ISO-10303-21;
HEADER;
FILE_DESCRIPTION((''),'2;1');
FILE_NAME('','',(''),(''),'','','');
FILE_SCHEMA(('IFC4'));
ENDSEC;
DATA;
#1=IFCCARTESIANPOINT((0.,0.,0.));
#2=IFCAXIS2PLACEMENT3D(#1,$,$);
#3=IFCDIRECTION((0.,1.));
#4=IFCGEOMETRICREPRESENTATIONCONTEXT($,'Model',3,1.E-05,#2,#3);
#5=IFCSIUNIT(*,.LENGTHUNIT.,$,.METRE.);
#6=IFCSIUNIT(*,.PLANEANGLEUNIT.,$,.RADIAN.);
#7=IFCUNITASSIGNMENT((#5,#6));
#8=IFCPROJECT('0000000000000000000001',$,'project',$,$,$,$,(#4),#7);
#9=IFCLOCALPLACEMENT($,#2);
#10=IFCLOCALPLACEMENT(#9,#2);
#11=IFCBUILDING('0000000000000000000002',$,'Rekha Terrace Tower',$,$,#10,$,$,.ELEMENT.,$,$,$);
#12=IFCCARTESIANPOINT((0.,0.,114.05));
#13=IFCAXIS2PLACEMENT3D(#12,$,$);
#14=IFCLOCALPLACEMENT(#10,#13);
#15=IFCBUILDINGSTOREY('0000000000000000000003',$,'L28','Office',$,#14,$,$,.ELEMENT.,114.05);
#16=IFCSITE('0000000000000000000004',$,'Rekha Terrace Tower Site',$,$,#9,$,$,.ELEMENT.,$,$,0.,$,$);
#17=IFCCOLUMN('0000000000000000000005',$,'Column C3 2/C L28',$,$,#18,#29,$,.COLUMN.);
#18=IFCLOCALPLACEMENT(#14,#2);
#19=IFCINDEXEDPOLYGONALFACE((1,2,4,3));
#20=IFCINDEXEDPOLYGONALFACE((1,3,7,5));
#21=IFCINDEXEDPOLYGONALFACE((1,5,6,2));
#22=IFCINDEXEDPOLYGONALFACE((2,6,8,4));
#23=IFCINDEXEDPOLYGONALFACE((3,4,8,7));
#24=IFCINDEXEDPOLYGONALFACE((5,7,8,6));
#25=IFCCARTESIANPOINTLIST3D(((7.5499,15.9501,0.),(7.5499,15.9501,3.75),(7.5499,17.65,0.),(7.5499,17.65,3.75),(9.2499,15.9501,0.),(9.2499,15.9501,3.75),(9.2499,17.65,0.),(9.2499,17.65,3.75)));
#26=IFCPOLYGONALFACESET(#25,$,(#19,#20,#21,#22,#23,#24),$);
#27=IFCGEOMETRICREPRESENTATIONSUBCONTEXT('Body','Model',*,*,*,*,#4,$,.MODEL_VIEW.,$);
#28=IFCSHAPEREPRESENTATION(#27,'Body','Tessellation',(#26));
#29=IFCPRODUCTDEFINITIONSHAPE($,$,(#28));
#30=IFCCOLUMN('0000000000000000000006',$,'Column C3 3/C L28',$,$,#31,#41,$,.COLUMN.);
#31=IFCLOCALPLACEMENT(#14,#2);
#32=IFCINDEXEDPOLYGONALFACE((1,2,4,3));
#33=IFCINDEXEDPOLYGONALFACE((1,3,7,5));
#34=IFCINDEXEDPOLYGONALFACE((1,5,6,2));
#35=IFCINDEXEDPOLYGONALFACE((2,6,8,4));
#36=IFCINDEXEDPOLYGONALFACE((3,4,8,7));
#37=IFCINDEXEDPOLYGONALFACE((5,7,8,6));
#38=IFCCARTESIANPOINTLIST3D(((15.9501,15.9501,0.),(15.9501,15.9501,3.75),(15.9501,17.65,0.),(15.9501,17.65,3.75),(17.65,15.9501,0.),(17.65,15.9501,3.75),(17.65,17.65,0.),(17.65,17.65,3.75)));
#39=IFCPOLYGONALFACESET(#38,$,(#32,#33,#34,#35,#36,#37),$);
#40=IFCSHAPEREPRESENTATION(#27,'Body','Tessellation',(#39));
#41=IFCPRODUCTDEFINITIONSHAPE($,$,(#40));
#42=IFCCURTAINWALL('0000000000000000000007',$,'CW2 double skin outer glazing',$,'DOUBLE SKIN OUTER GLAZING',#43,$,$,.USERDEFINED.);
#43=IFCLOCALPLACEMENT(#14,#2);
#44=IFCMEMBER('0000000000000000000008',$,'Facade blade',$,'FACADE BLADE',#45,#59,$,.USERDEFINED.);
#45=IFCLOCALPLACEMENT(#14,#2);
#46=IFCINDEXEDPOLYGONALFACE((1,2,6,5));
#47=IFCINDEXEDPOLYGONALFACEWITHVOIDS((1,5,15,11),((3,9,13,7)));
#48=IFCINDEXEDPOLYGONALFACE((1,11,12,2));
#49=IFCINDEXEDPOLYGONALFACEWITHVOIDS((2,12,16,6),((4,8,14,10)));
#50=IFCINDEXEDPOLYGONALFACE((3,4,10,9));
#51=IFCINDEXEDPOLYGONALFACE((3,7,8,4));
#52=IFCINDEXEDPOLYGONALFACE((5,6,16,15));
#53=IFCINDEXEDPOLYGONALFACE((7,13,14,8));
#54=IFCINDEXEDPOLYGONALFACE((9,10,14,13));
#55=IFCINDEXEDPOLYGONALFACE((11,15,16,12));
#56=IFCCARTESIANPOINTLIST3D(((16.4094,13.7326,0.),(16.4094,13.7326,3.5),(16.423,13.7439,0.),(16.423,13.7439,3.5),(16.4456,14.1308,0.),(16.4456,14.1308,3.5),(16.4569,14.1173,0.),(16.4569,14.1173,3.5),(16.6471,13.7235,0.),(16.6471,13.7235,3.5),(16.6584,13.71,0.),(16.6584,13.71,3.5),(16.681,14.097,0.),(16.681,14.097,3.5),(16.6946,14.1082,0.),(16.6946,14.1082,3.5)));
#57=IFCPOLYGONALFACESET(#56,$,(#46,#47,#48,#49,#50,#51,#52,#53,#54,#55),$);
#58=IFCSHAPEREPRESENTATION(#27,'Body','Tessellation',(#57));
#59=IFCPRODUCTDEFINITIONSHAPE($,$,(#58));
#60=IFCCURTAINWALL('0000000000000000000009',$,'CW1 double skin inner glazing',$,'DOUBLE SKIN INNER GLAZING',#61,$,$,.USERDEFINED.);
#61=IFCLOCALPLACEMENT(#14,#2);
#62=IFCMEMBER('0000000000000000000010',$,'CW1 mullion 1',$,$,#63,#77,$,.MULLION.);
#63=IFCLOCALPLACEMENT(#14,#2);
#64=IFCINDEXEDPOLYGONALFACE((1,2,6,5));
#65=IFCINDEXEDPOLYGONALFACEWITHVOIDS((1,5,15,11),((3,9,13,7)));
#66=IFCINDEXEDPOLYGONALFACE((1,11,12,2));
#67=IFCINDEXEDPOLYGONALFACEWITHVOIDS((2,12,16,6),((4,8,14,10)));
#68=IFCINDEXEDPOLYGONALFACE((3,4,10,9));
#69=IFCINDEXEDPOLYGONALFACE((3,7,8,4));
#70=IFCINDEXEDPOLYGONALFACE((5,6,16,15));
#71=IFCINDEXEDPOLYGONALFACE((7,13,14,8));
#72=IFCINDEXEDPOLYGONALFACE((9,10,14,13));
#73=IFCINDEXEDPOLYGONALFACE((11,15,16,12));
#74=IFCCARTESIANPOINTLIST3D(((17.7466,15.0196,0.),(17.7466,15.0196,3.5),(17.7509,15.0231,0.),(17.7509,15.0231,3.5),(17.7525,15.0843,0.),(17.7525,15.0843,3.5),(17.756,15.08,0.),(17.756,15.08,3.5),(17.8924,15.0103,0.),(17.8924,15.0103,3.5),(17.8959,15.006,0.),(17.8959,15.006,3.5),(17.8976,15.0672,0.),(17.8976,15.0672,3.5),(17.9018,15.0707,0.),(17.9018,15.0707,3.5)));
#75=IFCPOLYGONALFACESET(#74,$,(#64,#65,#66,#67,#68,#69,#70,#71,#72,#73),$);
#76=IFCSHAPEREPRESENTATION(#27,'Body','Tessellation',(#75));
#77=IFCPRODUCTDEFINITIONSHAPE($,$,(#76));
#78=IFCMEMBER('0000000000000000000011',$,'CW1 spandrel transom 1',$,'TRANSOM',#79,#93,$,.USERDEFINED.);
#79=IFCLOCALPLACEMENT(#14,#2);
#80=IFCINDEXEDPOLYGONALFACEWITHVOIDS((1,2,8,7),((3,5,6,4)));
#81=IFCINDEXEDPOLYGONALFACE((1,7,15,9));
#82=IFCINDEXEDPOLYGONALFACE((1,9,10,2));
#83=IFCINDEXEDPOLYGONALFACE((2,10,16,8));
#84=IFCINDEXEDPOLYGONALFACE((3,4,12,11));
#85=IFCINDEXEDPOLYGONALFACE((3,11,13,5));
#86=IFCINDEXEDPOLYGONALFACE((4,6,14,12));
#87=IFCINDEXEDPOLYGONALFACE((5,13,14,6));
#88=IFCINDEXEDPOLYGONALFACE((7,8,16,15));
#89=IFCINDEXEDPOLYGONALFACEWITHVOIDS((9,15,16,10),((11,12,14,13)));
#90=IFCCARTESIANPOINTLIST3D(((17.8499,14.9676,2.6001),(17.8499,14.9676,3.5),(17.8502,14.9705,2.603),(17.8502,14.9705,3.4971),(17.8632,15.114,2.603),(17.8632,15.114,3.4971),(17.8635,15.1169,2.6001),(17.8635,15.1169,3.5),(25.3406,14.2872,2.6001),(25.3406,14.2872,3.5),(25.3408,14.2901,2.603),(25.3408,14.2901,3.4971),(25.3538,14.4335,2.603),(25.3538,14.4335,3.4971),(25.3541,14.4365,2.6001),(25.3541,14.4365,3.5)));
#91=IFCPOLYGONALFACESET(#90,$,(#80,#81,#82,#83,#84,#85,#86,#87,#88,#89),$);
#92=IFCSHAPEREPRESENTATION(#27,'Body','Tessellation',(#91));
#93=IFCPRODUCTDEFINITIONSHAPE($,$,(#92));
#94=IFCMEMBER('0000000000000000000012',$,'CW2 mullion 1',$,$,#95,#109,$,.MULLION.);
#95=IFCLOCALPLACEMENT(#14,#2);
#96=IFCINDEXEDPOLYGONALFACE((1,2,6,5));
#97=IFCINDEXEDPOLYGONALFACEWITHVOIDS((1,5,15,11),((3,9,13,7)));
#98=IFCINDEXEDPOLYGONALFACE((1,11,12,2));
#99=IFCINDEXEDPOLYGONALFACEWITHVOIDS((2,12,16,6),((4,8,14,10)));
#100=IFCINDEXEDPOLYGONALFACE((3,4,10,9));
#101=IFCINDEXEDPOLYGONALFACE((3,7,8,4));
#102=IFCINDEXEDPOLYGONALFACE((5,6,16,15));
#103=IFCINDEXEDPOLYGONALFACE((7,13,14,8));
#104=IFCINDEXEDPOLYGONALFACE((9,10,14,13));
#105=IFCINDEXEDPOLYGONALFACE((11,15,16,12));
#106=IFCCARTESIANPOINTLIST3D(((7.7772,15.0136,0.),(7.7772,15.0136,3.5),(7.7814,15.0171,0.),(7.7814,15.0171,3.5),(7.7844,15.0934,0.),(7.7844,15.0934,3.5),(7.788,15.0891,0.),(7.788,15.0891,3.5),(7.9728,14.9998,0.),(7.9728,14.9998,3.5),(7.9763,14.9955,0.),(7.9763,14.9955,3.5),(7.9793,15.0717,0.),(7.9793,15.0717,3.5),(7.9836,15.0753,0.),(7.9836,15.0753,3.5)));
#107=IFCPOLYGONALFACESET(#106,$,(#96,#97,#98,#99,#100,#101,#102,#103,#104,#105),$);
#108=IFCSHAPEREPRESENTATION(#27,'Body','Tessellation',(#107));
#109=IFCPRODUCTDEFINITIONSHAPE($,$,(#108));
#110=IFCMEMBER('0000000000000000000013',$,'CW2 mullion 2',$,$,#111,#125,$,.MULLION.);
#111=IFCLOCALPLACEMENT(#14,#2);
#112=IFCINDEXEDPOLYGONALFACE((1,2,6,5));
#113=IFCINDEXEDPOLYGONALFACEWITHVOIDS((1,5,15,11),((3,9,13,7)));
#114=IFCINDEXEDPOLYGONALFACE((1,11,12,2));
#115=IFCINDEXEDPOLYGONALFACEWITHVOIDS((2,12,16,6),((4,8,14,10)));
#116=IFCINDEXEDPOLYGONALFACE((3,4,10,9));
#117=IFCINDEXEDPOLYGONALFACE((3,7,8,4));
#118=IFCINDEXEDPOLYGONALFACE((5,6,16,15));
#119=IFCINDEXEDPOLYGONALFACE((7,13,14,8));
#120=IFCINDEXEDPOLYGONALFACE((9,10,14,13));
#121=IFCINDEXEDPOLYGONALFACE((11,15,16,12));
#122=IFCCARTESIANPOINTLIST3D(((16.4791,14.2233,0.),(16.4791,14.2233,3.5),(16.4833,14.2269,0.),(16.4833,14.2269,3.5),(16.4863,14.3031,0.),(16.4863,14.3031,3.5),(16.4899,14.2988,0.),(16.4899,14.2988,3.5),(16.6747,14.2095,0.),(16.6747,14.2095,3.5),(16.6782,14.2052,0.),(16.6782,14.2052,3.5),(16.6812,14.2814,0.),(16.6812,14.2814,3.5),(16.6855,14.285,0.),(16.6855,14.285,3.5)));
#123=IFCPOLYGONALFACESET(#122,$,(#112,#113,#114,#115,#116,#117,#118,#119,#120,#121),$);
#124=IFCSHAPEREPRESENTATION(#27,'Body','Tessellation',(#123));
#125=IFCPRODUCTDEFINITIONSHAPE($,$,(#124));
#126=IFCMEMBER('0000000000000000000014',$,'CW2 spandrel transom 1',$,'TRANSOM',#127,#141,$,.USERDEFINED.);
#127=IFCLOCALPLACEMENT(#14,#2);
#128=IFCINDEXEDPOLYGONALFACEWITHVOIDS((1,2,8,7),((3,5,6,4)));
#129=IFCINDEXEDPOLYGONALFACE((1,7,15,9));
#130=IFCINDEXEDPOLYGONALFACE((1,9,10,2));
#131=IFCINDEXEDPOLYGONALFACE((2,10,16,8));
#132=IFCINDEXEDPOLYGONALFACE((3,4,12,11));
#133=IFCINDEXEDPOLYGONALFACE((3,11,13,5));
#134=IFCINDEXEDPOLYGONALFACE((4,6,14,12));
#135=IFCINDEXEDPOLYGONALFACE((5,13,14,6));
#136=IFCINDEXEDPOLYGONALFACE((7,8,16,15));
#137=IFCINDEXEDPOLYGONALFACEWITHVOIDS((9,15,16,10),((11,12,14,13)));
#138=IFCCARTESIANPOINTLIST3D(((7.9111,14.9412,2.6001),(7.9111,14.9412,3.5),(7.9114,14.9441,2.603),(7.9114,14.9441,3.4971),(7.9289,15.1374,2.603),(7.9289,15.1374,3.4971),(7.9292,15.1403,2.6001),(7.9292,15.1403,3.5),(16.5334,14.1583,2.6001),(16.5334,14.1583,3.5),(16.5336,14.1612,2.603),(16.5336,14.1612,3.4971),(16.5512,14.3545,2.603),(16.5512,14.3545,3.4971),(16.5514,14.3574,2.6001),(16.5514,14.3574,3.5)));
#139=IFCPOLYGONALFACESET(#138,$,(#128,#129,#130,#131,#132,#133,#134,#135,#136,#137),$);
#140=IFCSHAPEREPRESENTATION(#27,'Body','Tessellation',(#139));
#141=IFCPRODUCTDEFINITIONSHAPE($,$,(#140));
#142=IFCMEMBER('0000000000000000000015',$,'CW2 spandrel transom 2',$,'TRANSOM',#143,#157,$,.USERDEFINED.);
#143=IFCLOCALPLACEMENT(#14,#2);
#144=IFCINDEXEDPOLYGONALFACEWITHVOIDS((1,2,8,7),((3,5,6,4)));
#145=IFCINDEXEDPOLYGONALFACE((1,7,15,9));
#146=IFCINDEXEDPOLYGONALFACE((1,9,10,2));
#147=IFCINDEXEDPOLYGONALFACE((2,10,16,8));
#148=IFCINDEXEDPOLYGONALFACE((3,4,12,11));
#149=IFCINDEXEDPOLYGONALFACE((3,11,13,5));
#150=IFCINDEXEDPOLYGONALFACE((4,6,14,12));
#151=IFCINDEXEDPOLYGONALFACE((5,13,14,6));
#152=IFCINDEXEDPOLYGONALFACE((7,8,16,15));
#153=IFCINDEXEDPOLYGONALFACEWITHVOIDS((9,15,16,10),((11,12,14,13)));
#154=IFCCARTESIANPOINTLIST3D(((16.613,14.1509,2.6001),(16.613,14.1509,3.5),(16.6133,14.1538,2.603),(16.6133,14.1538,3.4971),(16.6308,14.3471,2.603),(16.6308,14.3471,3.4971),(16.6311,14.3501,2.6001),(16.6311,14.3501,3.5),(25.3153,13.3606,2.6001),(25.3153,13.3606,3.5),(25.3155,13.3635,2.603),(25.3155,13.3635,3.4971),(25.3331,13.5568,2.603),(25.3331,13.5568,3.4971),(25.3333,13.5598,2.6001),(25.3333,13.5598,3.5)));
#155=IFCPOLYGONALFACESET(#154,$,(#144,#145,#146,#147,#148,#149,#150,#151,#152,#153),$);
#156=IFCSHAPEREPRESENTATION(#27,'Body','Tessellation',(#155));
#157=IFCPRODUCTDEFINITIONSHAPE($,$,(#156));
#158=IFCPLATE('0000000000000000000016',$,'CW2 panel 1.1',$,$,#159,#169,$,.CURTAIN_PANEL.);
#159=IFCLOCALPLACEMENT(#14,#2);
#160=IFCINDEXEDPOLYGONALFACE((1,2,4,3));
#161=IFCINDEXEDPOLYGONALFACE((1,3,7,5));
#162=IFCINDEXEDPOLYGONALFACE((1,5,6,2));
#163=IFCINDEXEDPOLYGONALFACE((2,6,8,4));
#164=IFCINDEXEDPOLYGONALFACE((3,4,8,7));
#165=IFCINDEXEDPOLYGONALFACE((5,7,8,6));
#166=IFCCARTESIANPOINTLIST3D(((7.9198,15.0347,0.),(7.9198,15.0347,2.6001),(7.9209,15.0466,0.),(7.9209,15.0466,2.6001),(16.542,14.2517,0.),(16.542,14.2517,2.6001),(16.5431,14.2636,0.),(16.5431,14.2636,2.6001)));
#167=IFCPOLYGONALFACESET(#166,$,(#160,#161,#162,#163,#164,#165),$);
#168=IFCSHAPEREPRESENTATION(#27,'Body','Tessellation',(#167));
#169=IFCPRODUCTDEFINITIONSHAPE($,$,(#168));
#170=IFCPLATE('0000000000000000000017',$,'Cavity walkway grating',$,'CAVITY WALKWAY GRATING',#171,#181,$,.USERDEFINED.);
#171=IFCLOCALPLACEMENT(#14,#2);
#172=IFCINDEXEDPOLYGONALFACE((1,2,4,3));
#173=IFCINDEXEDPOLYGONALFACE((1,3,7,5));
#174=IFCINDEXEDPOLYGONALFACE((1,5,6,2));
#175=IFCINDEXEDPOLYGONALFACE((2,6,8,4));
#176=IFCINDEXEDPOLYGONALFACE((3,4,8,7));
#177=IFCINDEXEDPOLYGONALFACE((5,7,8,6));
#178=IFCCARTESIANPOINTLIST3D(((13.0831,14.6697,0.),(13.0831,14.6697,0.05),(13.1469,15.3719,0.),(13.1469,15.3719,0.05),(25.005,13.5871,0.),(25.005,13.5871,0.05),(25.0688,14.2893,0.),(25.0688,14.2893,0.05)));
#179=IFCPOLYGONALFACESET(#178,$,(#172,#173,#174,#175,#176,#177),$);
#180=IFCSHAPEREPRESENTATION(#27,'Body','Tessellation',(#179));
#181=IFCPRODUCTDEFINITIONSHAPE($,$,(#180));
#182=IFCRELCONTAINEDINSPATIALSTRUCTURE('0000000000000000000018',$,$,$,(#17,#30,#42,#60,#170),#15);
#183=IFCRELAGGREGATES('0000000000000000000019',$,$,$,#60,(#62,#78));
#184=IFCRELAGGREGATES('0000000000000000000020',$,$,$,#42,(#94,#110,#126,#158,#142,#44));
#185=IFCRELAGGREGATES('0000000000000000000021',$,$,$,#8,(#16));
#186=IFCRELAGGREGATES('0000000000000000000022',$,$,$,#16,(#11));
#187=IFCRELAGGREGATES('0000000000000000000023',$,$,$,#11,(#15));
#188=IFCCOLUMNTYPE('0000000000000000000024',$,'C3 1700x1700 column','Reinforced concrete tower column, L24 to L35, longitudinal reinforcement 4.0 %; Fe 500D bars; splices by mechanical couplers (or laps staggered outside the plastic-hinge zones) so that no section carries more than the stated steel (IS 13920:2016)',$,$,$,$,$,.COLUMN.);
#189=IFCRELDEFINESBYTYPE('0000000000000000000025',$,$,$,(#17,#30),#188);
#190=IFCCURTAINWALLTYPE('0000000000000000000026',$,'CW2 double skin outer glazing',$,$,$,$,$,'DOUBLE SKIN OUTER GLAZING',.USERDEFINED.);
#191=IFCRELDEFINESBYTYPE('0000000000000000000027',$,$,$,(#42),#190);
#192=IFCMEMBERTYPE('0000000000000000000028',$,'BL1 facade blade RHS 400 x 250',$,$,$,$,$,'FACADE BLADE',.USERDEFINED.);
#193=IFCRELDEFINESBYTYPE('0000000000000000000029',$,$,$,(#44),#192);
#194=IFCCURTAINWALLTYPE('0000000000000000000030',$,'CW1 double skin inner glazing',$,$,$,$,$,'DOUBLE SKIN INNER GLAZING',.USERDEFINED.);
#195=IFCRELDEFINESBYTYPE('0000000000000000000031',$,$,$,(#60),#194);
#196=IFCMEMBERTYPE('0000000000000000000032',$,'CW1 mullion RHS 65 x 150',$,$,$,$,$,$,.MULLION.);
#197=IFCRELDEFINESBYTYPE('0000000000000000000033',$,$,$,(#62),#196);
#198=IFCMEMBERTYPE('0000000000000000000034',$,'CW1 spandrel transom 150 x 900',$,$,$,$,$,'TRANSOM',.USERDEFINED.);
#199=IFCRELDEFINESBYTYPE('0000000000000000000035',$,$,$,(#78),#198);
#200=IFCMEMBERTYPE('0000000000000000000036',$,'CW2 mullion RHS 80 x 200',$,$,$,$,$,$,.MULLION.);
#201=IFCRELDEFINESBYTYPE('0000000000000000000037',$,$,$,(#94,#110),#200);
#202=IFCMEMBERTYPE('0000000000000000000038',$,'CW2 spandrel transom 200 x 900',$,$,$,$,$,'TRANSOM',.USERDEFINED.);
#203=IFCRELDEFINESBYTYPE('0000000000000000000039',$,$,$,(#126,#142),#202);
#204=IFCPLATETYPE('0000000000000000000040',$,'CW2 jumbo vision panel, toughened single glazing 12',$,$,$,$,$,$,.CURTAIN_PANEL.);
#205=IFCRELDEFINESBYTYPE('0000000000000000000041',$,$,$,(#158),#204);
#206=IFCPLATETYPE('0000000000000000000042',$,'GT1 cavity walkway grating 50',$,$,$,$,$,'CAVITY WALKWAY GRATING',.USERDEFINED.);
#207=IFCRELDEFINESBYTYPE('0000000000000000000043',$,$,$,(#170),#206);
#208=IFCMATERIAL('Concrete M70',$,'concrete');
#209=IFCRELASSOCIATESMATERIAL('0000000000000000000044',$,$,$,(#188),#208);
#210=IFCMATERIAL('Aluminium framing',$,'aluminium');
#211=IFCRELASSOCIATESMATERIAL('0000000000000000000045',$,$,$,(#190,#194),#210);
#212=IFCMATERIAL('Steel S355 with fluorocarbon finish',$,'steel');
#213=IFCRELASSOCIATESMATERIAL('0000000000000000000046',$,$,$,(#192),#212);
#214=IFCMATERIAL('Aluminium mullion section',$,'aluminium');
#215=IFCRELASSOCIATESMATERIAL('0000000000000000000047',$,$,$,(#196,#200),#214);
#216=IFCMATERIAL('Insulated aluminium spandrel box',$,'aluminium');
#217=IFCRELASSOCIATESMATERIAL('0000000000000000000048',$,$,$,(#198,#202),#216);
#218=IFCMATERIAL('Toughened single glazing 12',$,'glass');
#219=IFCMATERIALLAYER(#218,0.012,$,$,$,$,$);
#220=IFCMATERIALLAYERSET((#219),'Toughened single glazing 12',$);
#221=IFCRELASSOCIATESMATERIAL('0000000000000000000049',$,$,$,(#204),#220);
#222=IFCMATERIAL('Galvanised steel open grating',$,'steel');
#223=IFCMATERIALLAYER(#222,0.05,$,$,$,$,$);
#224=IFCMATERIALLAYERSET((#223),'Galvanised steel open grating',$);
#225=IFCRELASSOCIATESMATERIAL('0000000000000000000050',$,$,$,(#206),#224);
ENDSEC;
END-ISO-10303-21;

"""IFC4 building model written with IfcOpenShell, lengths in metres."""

from ifc_helpers import new_model, si_unit, direction, frame, origin, origin_2d, place, context, subcontext, project, spatial, rectangle, hollow_rectangle, extrude, material, layer, layer_set, material_profile, profile_set, type_object, element, aggregate, save


model = new_model("IFC4")

# Units and contexts
model_context = context("Model", 3, precision=1e-05, world=origin(), true_north=direction((0.0, 1.0)))
body_context = subcontext(model_context, "Body", "Model", "MODEL_VIEW")
ifc_project = project(units=[si_unit("LENGTHUNIT", "METRE"), si_unit("PLANEANGLEUNIT", "RADIAN")], contexts=[model_context])

# Site, building, storey
site_placement = place(None, origin())
site = spatial("IfcSite", under=ifc_project, at=site_placement, Name="Rekha Terrace Tower Site", CompositionType="ELEMENT", RefElevation=0.0)
building_placement = place(site_placement, origin())
building = spatial("IfcBuilding", under=site, at=building_placement, Name="Rekha Terrace Tower", CompositionType="ELEMENT")
storey_placement = place(building_placement, frame((0.0, 0.0, 114.05)))
storey = spatial("IfcBuildingStorey", under=building, at=storey_placement, Name="L28", Description="Office", CompositionType="ELEMENT", Elevation=114.05)

# Columns
ifc_material_1 = material(Name="Concrete M70", Category="concrete")
ifc_material_profile_1 = material_profile(ifc_material_1, rectangle(XDim=1.7, YDim=1.7, at=origin_2d()), Name="RC 1700x1700")
ifc_profile_set_1 = profile_set([ifc_material_profile_1], Name="Concrete M70")
column_type = type_object("IfcColumnType", Name="C3 1700x1700 column", Description="Reinforced concrete tower column, L24 to L35, longitudinal reinforcement 4.0 %; Fe 500D bars; splices by mechanical couplers (or laps staggered outside the plastic-hinge zones) so that no section carries more than the stated steel (IS 13920:2016)", PredefinedType="COLUMN", material=ifc_profile_set_1)
for number, where, z_axis, x_axis, name in (
    (1, (8.3999, 16.8, 0.0), (0.0, 0.0, 1.0), (1.0, 0.0, 0.0), "Column C3 2/C L28"),
    (2, (16.8, 16.8, 0.0), (0.0, 0.0, 1.0), (1.0, 0.0, 0.0), "Column C3 3/C L28"),
):
    element("IfcColumn", number, at=place(storey_placement, frame(where, z_axis=z_axis, x_axis=x_axis)), inside=storey, type_object=column_type, Name=name, PredefinedType="COLUMN", context=body_context, shape_type="SweptSolid", body=[
        extrude(rectangle(XDim=1.7, YDim=1.7, at=origin_2d()), origin(), (0.0, 0.0, 1.0), 3.75),
    ])

# Curtain wall, member
ifc_material_2 = material(Name="Aluminium framing", Category="aluminium")
curtain_wall_type_1 = type_object("IfcCurtainWallType", Name="CW2 double skin outer glazing", ElementType="DOUBLE SKIN OUTER GLAZING", PredefinedType="USERDEFINED", material=ifc_material_2)
curtain_wall_1_placement = place(storey_placement, origin())
curtain_wall_1 = element("IfcCurtainWall", 3, at=curtain_wall_1_placement, inside=storey, type_object=curtain_wall_type_1, Name="CW2 double skin outer glazing", ObjectType="DOUBLE SKIN OUTER GLAZING", PredefinedType="USERDEFINED")
ifc_material_3 = material(Name="Steel S355 with fluorocarbon finish", Category="steel")
ifc_material_profile_2 = material_profile(ifc_material_3, hollow_rectangle(XDim=0.25, YDim=0.3999, WallThickness=0.0125, at=origin_2d()), Name="RHS400x250x12.5")
ifc_profile_set_2 = profile_set([ifc_material_profile_2], Name="Steel S355 with fluorocarbon finish")
member_type_1 = type_object("IfcMemberType", Name="BL1 facade blade RHS 400 x 250", ElementType="FACADE BLADE", PredefinedType="USERDEFINED", material=ifc_profile_set_2)
member_1_placement = place(storey_placement, frame((16.552, 13.9204, 0.0), z_axis=(0.0, 0.0, 1.0), x_axis=(0.995902, -0.09044, 0.0)))
member_1 = element("IfcMember", 4, at=member_1_placement, type_object=member_type_1, Name="Facade blade", ObjectType="FACADE BLADE", PredefinedType="USERDEFINED", context=body_context, shape_type="SweptSolid", body=[
    extrude(hollow_rectangle(XDim=0.25, YDim=0.3999, WallThickness=0.0125, at=origin_2d()), origin(), (0.0, 0.0, 1.0), 3.5),
])

# Curtain wall, members
curtain_wall_type_2 = type_object("IfcCurtainWallType", Name="CW1 double skin inner glazing", ElementType="DOUBLE SKIN INNER GLAZING", PredefinedType="USERDEFINED", material=ifc_material_2)
curtain_wall_2_placement = place(storey_placement, origin())
curtain_wall_2 = element("IfcCurtainWall", 5, at=curtain_wall_2_placement, inside=storey, type_object=curtain_wall_type_2, Name="CW1 double skin inner glazing", ObjectType="DOUBLE SKIN INNER GLAZING", PredefinedType="USERDEFINED")
ifc_material_4 = material(Name="Aluminium mullion section", Category="aluminium")
ifc_material_profile_3 = material_profile(ifc_material_4, hollow_rectangle(XDim=0.0649, YDim=0.1499, WallThickness=0.0039, at=origin_2d()), Name="AL RHS 65x150")
ifc_profile_set_3 = profile_set([ifc_material_profile_3], Name="Aluminium mullion section")
member_type_2 = type_object("IfcMemberType", Name="CW1 mullion RHS 65 x 150", PredefinedType="MULLION", material=ifc_profile_set_3)
member_2_placement = place(storey_placement, frame((17.8242, 15.0452, 0.0), z_axis=(0.0, 0.0, 1.0), x_axis=(0.09044, 0.995902, 0.0)))
member_2 = element("IfcMember", 6, at=member_2_placement, type_object=member_type_2, Name="CW1 mullion 1", PredefinedType="MULLION", context=body_context, shape_type="SweptSolid", body=[
    extrude(hollow_rectangle(XDim=0.0649, YDim=0.1499, WallThickness=0.0039, at=origin_2d()), origin(), (0.0, 0.0, 1.0), 3.5),
])
ifc_material_5 = material(Name="Insulated aluminium spandrel box", Category="aluminium")
ifc_material_profile_4 = material_profile(ifc_material_5, hollow_rectangle(XDim=0.1499, YDim=0.8999, WallThickness=0.0029, at=origin_2d()), Name="AL SPANDREL BOX 150x900")
ifc_profile_set_4 = profile_set([ifc_material_profile_4], Name="Insulated aluminium spandrel box")
member_type_3 = type_object("IfcMemberType", Name="CW1 spandrel transom 150 x 900", ElementType="TRANSOM", PredefinedType="USERDEFINED", material=ifc_profile_set_4)
member_3_placement = place(storey_placement, frame((17.8567, 15.0422, 3.05), z_axis=(0.9959, -0.090463, 0.0), x_axis=(0.090463, 0.9959, 0.0)))
member_3 = element("IfcMember", 7, at=member_3_placement, type_object=member_type_3, Name="CW1 spandrel transom 1", ObjectType="TRANSOM", PredefinedType="USERDEFINED", context=body_context, shape_type="SweptSolid", body=[
    extrude(hollow_rectangle(XDim=0.1499, YDim=0.8999, WallThickness=0.0029, at=origin_2d()), origin(), (0.0, 0.0, 1.0), 7.5215),
])
aggregate(curtain_wall_2, [member_2, member_3])

# Members
ifc_material_profile_5 = material_profile(ifc_material_4, hollow_rectangle(XDim=0.0801, YDim=0.2, WallThickness=0.0039, at=origin_2d()), Name="AL RHS 80x200")
ifc_profile_set_5 = profile_set([ifc_material_profile_5], Name="Aluminium mullion section")
member_type_4 = type_object("IfcMemberType", Name="CW2 mullion RHS 80 x 200", PredefinedType="MULLION", material=ifc_profile_set_5)
member_4_placement = place(storey_placement, frame((7.8804, 15.0444, 0.0), z_axis=(0.0, 0.0, 1.0), x_axis=(0.09044, 0.995902, 0.0)))
member_4 = element("IfcMember", 8, at=member_4_placement, type_object=member_type_4, Name="CW2 mullion 1", PredefinedType="MULLION", context=body_context, shape_type="SweptSolid", body=[
    extrude(hollow_rectangle(XDim=0.0801, YDim=0.2, WallThickness=0.0039, at=origin_2d()), origin(), (0.0, 0.0, 1.0), 3.5),
])
member_5_placement = place(storey_placement, frame((16.5823, 14.2542, 0.0), z_axis=(0.0, 0.0, 1.0), x_axis=(0.09044, 0.995902, 0.0)))
member_5 = element("IfcMember", 9, at=member_5_placement, type_object=member_type_4, Name="CW2 mullion 2", PredefinedType="MULLION", context=body_context, shape_type="SweptSolid", body=[
    extrude(hollow_rectangle(XDim=0.0801, YDim=0.2, WallThickness=0.0039, at=origin_2d()), origin(), (0.0, 0.0, 1.0), 3.5),
])
ifc_material_profile_6 = material_profile(ifc_material_5, hollow_rectangle(XDim=0.2, YDim=0.8999, WallThickness=0.0029, at=origin_2d()), Name="AL SPANDREL BOX 200x900")
ifc_profile_set_6 = profile_set([ifc_material_profile_6], Name="Insulated aluminium spandrel box")
member_type_5 = type_object("IfcMemberType", Name="CW2 spandrel transom 200 x 900", ElementType="TRANSOM", PredefinedType="USERDEFINED", material=ifc_profile_set_6)
member_6_placement = place(storey_placement, frame((7.9202, 15.0408, 3.05), z_axis=(0.995902, -0.090434, 0.0), x_axis=(0.090434, 0.995902, 0.0)))
member_6 = element("IfcMember", 10, at=member_6_placement, type_object=member_type_5, Name="CW2 spandrel transom 1", ObjectType="TRANSOM", PredefinedType="USERDEFINED", context=body_context, shape_type="SweptSolid", body=[
    extrude(hollow_rectangle(XDim=0.2, YDim=0.8999, WallThickness=0.0029, at=origin_2d()), origin(), (0.0, 0.0, 1.0), 8.6577),
])
member_7_placement = place(storey_placement, frame((16.6221, 14.2505, 3.05), z_axis=(0.995902, -0.090443, 0.0), x_axis=(0.090443, 0.995902, 0.0)))
member_7 = element("IfcMember", 11, at=member_7_placement, type_object=member_type_5, Name="CW2 spandrel transom 2", ObjectType="TRANSOM", PredefinedType="USERDEFINED", context=body_context, shape_type="SweptSolid", body=[
    extrude(hollow_rectangle(XDim=0.2, YDim=0.8999, WallThickness=0.0029, at=origin_2d()), origin(), (0.0, 0.0, 1.0), 8.738),
])

# Plates
ifc_material_6 = material(Name="Toughened single glazing 12", Category="glass")
ifc_layer_1 = layer(ifc_material_6, 0.012)
ifc_layer_set_1 = layer_set([ifc_layer_1], Name="Toughened single glazing 12")
plate_type_1 = type_object("IfcPlateType", Name="CW2 jumbo vision panel, toughened single glazing 12", PredefinedType="CURTAIN_PANEL", material=ifc_layer_set_1)
plate_1_placement = place(storey_placement, frame((12.2314, 14.6492, 0.0), z_axis=(0.0, 0.0, 1.0), x_axis=(0.995902, -0.09044, 0.0)))
plate_1 = element("IfcPlate", 12, at=plate_1_placement, type_object=plate_type_1, Name="CW2 panel 1.1", PredefinedType="CURTAIN_PANEL", context=body_context, shape_type="SweptSolid", body=[
    extrude(rectangle(XDim=8.6577, YDim=0.012, at=origin_2d()), origin(), (0.0, 0.0, 1.0), 2.6001),
])
aggregate(curtain_wall_1, [member_4, member_5, member_6, plate_1, member_7, member_1])
ifc_material_7 = material(Name="Galvanised steel open grating", Category="steel")
ifc_layer_2 = layer(ifc_material_7, 0.05)
ifc_layer_set_2 = layer_set([ifc_layer_2], Name="Galvanised steel open grating")
plate_type_2 = type_object("IfcPlateType", Name="GT1 cavity walkway grating 50", ElementType="CAVITY WALKWAY GRATING", PredefinedType="USERDEFINED", material=ifc_layer_set_2)
plate_2_placement = place(storey_placement, frame((19.0759, 14.4795, 0.0), z_axis=(0.0, 0.0, 1.0), x_axis=(0.995902, -0.09044, 0.0)))
element("IfcPlate", 13, at=plate_2_placement, inside=storey, type_object=plate_type_2, Name="Cavity walkway grating", ObjectType="CAVITY WALKWAY GRATING", PredefinedType="USERDEFINED", context=body_context, shape_type="SweptSolid", body=[
    extrude(rectangle(XDim=11.9709, YDim=0.7051, at=origin_2d()), origin(), (0.0, 0.0, 1.0), 0.05),
])

save(model, "model.ifc")
